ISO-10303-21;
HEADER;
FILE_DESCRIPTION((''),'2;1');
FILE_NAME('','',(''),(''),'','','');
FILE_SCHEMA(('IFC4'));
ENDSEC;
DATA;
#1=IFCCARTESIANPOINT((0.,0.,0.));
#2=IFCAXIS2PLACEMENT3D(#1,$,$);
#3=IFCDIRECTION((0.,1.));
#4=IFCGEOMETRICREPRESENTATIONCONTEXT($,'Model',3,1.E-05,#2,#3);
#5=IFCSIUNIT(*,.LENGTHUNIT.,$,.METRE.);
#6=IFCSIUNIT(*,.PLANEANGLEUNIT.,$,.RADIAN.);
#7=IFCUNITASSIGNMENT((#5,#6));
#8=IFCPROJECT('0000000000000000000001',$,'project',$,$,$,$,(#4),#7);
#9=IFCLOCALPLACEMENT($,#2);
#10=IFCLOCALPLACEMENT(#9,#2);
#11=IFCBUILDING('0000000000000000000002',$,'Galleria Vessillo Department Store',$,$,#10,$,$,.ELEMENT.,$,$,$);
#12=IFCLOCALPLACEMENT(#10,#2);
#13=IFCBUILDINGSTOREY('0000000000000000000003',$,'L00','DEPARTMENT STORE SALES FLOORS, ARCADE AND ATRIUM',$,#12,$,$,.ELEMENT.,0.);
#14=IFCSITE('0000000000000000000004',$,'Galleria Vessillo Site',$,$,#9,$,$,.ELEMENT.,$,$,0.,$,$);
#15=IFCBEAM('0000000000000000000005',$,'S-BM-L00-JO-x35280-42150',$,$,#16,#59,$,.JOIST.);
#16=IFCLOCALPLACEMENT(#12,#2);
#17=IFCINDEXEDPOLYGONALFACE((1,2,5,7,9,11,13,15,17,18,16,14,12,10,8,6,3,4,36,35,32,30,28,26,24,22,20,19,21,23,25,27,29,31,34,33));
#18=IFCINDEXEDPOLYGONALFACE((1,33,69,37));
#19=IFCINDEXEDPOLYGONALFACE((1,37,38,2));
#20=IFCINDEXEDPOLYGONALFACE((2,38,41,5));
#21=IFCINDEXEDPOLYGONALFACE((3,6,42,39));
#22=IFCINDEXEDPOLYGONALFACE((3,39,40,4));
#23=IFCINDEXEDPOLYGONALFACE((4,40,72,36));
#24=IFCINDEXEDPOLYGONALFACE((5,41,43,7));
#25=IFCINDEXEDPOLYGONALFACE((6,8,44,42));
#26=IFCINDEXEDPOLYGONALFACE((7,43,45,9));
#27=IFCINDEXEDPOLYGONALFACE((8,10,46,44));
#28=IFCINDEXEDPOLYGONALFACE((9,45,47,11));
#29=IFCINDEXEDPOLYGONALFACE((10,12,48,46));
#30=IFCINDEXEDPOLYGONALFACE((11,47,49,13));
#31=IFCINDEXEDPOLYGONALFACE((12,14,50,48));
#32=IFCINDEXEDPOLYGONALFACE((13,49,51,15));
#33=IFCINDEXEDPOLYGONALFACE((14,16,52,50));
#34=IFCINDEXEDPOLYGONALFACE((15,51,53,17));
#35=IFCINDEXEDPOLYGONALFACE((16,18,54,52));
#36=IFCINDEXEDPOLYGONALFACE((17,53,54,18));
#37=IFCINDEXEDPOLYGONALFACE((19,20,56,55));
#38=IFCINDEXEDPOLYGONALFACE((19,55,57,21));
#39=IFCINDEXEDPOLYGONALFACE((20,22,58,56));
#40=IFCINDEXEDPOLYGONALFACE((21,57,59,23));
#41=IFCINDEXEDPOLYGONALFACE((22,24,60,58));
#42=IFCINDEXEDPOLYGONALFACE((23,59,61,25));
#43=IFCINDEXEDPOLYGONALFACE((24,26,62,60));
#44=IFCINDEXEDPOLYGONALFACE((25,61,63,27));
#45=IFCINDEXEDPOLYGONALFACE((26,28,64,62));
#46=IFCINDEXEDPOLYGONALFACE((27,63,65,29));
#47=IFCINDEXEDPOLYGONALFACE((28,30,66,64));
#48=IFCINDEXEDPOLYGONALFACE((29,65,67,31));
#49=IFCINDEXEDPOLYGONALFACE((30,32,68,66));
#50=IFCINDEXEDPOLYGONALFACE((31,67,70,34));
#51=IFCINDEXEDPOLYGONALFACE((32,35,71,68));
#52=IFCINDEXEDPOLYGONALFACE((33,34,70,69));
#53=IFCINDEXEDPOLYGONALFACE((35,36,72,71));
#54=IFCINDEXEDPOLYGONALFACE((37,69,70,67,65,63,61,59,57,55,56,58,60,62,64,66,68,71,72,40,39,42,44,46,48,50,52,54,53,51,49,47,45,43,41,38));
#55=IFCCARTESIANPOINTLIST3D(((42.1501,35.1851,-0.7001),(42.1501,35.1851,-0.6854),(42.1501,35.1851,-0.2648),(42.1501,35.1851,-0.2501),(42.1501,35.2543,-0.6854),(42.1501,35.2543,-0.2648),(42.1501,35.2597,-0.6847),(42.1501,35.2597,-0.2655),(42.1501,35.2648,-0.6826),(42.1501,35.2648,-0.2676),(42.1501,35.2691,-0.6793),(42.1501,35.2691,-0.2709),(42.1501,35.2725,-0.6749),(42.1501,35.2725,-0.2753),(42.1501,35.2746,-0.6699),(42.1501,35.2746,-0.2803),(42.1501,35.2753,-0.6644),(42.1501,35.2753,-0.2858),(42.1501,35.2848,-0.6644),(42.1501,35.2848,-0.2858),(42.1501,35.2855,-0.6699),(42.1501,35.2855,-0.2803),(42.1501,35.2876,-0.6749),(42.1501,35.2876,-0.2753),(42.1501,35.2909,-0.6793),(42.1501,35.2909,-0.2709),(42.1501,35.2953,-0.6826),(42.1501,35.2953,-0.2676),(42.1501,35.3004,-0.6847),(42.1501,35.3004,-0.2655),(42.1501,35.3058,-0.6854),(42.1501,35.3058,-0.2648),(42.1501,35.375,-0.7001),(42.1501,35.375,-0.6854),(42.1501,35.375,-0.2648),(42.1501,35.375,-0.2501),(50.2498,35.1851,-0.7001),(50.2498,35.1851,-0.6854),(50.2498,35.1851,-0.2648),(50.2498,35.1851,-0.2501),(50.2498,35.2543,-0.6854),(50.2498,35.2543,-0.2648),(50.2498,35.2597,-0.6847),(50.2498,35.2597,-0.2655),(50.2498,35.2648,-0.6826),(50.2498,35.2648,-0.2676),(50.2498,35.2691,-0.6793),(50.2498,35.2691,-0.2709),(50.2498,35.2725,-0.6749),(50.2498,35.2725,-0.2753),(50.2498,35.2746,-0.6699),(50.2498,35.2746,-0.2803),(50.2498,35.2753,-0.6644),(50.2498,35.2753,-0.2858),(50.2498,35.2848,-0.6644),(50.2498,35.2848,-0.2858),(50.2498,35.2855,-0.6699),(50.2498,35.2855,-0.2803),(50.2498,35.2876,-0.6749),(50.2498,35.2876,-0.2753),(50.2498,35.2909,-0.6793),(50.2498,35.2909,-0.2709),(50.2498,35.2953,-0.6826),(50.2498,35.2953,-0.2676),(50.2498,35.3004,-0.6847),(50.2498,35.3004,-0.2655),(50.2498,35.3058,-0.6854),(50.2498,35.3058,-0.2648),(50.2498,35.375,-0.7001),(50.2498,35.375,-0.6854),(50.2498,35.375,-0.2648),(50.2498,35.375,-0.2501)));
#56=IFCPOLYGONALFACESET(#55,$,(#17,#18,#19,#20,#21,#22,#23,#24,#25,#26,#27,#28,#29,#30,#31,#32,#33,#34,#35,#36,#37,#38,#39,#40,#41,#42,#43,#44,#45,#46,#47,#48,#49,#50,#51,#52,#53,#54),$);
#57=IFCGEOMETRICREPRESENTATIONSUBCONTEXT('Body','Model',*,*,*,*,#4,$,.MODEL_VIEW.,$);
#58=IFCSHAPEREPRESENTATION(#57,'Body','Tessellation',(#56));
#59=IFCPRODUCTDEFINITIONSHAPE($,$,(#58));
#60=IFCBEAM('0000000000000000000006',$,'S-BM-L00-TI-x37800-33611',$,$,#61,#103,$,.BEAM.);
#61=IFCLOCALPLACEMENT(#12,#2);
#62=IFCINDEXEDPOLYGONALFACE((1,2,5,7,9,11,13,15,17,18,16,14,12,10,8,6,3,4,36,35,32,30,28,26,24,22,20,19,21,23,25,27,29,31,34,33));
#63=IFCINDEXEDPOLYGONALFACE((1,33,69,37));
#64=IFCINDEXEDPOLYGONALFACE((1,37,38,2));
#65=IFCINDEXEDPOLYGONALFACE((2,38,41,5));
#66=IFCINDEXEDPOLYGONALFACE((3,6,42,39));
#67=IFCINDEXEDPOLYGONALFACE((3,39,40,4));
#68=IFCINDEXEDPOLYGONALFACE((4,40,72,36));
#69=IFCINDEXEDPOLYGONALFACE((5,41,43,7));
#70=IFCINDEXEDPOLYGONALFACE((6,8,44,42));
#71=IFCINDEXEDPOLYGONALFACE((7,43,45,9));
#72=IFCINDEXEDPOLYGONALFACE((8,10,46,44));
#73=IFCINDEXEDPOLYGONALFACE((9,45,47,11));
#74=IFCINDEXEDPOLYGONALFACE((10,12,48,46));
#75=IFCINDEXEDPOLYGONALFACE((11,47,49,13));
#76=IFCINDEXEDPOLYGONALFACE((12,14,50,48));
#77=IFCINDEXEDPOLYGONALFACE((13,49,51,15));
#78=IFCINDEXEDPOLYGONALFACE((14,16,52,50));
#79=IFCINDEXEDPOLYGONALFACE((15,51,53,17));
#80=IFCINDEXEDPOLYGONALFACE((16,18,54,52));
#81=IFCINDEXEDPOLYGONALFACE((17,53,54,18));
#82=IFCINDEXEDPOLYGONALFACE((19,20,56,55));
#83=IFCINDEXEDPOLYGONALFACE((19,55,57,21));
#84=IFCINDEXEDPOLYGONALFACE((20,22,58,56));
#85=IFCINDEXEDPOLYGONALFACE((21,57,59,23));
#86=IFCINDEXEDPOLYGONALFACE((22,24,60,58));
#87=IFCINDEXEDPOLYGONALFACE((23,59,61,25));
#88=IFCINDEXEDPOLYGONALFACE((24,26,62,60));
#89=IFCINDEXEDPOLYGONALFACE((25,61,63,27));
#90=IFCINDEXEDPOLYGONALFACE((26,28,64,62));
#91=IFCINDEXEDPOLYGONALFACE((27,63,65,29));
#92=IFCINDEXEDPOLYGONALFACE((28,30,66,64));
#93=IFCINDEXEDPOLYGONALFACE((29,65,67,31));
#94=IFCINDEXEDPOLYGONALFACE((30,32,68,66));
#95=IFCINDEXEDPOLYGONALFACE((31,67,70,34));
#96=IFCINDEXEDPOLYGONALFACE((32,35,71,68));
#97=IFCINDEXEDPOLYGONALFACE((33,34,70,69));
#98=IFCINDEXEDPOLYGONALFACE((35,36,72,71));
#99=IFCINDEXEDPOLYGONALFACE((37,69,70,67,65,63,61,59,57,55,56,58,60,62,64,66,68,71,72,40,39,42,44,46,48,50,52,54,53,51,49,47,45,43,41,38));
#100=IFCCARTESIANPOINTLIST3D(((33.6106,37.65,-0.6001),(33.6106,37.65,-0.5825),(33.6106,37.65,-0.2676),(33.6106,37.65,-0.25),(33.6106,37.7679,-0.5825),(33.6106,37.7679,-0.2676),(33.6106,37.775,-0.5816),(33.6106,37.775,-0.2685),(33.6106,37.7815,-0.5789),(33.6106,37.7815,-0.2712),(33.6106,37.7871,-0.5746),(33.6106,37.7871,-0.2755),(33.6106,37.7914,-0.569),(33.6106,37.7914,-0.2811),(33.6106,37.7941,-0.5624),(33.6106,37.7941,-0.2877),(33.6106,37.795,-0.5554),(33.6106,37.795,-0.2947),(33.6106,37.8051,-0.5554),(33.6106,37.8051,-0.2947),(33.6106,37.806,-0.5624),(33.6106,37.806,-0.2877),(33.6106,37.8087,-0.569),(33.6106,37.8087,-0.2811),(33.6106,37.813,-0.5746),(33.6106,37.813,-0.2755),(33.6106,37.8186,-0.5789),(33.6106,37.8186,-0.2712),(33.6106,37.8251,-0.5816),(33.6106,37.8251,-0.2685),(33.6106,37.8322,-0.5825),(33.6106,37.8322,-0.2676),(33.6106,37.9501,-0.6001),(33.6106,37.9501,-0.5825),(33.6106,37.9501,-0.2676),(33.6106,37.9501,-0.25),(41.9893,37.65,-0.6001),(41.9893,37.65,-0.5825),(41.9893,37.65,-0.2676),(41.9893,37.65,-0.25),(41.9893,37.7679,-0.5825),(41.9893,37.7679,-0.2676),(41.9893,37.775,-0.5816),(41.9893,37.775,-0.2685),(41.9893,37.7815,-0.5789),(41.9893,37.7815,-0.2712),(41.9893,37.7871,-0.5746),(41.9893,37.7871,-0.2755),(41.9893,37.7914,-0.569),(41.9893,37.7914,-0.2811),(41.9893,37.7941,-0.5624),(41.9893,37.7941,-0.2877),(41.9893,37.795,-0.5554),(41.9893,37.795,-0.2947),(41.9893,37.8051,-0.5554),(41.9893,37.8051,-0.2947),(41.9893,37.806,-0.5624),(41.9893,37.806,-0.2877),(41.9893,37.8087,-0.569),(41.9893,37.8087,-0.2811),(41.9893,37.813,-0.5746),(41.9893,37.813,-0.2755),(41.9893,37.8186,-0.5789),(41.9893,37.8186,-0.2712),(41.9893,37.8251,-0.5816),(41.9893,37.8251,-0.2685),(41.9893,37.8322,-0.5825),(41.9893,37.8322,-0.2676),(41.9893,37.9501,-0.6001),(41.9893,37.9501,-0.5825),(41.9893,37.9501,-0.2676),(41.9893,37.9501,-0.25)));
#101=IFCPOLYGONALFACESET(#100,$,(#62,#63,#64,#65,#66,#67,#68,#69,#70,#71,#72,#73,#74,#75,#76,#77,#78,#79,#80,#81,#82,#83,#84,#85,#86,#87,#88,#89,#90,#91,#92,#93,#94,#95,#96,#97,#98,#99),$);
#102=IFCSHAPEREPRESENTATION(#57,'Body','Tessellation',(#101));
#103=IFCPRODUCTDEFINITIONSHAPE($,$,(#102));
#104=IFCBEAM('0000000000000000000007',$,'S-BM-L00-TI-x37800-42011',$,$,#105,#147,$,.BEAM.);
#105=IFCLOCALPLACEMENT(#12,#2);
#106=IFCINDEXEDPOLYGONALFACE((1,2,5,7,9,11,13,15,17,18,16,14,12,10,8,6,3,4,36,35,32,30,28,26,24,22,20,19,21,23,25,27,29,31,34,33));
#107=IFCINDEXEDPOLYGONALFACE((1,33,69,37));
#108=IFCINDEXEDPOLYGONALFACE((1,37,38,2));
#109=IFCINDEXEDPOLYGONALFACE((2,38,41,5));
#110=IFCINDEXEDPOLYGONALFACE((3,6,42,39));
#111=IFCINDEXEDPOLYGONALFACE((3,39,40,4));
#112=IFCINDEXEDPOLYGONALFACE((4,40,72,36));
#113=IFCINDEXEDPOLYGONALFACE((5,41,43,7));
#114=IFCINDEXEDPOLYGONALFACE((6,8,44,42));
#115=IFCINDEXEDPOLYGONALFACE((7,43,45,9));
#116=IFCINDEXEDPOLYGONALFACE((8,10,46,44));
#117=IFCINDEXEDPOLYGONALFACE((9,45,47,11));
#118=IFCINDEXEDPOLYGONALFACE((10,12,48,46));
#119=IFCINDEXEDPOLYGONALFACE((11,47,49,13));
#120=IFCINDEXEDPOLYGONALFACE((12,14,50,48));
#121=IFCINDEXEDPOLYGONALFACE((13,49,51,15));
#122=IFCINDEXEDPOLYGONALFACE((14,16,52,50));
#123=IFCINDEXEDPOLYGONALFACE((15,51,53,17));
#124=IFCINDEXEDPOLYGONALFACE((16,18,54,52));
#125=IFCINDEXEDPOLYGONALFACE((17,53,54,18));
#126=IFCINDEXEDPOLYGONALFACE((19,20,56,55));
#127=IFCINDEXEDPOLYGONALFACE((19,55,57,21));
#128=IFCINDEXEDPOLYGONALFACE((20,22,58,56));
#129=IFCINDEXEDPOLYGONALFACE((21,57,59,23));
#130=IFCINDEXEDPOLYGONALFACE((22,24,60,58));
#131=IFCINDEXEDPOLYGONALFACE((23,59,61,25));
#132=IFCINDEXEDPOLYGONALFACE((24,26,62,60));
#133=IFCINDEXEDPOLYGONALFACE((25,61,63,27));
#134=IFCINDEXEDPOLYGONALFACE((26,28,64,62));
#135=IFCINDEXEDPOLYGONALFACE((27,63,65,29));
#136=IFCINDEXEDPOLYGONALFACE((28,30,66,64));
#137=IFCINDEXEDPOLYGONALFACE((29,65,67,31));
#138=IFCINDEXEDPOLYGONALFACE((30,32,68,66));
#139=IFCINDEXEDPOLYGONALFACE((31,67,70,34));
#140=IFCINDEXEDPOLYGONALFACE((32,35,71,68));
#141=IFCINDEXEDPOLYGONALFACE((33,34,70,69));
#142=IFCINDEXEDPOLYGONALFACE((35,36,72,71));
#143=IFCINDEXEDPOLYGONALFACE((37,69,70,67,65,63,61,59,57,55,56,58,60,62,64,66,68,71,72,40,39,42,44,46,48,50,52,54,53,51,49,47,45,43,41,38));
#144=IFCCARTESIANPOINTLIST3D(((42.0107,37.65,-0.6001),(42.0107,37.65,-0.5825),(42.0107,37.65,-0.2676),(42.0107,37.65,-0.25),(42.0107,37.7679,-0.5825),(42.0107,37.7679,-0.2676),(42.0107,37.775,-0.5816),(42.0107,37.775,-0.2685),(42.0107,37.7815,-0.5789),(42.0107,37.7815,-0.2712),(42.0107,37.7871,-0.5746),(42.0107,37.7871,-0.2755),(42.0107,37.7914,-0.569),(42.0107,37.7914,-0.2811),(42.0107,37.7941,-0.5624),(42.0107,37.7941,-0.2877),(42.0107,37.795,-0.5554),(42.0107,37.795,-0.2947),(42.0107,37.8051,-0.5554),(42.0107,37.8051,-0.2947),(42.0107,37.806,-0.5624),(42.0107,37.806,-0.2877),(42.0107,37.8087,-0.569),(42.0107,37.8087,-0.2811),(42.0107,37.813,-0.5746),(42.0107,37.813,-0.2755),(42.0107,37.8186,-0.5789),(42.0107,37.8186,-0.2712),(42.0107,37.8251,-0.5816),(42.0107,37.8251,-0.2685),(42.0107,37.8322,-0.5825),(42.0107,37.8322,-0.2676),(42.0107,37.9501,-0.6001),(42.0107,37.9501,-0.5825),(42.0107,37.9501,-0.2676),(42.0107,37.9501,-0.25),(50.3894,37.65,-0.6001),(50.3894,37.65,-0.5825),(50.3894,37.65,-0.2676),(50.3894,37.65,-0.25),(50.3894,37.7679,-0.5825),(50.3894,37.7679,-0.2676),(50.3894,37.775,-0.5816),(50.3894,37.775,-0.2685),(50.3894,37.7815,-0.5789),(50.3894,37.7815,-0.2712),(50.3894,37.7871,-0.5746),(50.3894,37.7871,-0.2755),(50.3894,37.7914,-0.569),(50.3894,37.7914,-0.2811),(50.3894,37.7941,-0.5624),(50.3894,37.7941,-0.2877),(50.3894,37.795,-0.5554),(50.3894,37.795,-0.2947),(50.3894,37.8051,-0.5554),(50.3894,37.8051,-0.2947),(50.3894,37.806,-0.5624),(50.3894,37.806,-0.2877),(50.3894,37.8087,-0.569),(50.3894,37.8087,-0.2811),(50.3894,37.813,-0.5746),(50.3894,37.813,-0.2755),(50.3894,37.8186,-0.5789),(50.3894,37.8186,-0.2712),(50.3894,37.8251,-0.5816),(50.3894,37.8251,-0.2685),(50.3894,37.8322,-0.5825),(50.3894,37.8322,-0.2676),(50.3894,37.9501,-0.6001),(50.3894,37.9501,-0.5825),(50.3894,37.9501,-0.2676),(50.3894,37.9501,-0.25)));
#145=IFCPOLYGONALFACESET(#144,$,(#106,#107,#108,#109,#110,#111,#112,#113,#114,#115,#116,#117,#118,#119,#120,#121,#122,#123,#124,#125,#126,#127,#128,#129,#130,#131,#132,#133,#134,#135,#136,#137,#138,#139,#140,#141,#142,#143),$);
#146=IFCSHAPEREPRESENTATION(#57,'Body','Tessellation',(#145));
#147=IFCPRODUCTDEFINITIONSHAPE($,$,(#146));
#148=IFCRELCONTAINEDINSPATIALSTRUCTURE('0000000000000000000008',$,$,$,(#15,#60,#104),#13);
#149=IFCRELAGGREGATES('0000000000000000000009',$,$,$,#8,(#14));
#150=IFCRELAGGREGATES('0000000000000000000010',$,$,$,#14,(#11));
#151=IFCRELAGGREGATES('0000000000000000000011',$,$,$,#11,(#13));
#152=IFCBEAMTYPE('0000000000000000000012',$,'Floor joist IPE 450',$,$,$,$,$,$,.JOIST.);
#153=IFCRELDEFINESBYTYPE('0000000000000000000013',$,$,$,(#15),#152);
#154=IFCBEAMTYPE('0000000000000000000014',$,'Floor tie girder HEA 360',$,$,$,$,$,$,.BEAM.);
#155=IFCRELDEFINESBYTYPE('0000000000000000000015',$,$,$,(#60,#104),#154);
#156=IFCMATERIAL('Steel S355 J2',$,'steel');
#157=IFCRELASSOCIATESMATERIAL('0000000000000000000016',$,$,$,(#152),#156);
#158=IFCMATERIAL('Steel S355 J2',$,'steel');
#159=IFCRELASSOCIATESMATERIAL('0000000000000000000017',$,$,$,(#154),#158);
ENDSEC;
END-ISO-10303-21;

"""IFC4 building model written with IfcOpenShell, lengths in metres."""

from ifc_helpers import new_model, si_unit, direction, frame, origin, origin_2d, place, context, subcontext, project, spatial, i_section, extrude, material, material_profile, profile_set, type_object, element, save


model = new_model("IFC4")

# Units and contexts
model_context = context("Model", 3, precision=1e-05, world=origin(), true_north=direction((0.0, 1.0)))
body_context = subcontext(model_context, "Body", "Model", "MODEL_VIEW")
ifc_project = project(units=[si_unit("LENGTHUNIT", "METRE"), si_unit("PLANEANGLEUNIT", "RADIAN")], contexts=[model_context])

# Site, building, storey
site_placement = place(None, origin())
site = spatial("IfcSite", under=ifc_project, at=site_placement, Name="Galleria Vessillo Site", CompositionType="ELEMENT", RefElevation=0.0)
building_placement = place(site_placement, origin())
building = spatial("IfcBuilding", under=site, at=building_placement, Name="Galleria Vessillo Department Store", CompositionType="ELEMENT")
storey_placement = place(building_placement, origin())
storey = spatial("IfcBuildingStorey", under=building, at=storey_placement, Name="L00", Description="DEPARTMENT STORE SALES FLOORS, ARCADE AND ATRIUM", CompositionType="ELEMENT", Elevation=0.0)

# Beams
ifc_material_1 = material(Name="Steel S355 J2", Category="steel")
ifc_material_profile_1 = material_profile(ifc_material_1, i_section(OverallWidth=0.1899, OverallDepth=0.45, WebThickness=0.0095, FlangeThickness=0.0146, FilletRadius=0.021, at=origin_2d()), Name="IPE 450")
ifc_profile_set_1 = profile_set([ifc_material_profile_1], Name="Steel S355 J2")
beam_type_1 = type_object("IfcBeamType", Name="Floor joist IPE 450", PredefinedType="JOIST", material=ifc_profile_set_1)
for number, where, z_axis, x_axis, name in (
    (1, (42.1501, 35.28, -0.4751), (1.0, 0.0, 0.0), (0.0, 1.0, 0.0), "S-BM-L00-JO-x35280-42150"),
):
    element("IfcBeam", number, at=place(storey_placement, frame(where, z_axis=z_axis, x_axis=x_axis)), inside=storey, type_object=beam_type_1, Name=name, PredefinedType="JOIST", context=body_context, shape_type="SweptSolid", body=[
        extrude(i_section(OverallWidth=0.1899, OverallDepth=0.45, WebThickness=0.0095, FlangeThickness=0.0146, FilletRadius=0.021, at=origin_2d()), origin(), (0.0, 0.0, 1.0), 8.0996),
    ])
ifc_material_2 = material(Name="Steel S355 J2", Category="steel")
ifc_material_profile_2 = material_profile(ifc_material_2, i_section(OverallWidth=0.3, OverallDepth=0.3501, WebThickness=0.01, FlangeThickness=0.0176, FilletRadius=0.0271, at=origin_2d()), Name="HEA 360")
ifc_profile_set_2 = profile_set([ifc_material_profile_2], Name="Steel S355 J2")
beam_type_2 = type_object("IfcBeamType", Name="Floor tie girder HEA 360", PredefinedType="BEAM", material=ifc_profile_set_2)
for number, where, z_axis, x_axis, name in (
    (2, (33.6106, 37.8, -0.425), (1.0, 0.0, 0.0), (0.0, 1.0, 0.0), "S-BM-L00-TI-x37800-33611"),
    (3, (42.0107, 37.8, -0.425), (1.0, 0.0, 0.0), (0.0, 1.0, 0.0), "S-BM-L00-TI-x37800-42011"),
):
    element("IfcBeam", number, at=place(storey_placement, frame(where, z_axis=z_axis, x_axis=x_axis)), inside=storey, type_object=beam_type_2, Name=name, PredefinedType="BEAM", context=body_context, shape_type="SweptSolid", body=[
        extrude(i_section(OverallWidth=0.3, OverallDepth=0.3501, WebThickness=0.01, FlangeThickness=0.0176, FilletRadius=0.0271, at=origin_2d()), origin(), (0.0, 0.0, 1.0), 8.3787),
    ])

save(model, "model.ifc")
